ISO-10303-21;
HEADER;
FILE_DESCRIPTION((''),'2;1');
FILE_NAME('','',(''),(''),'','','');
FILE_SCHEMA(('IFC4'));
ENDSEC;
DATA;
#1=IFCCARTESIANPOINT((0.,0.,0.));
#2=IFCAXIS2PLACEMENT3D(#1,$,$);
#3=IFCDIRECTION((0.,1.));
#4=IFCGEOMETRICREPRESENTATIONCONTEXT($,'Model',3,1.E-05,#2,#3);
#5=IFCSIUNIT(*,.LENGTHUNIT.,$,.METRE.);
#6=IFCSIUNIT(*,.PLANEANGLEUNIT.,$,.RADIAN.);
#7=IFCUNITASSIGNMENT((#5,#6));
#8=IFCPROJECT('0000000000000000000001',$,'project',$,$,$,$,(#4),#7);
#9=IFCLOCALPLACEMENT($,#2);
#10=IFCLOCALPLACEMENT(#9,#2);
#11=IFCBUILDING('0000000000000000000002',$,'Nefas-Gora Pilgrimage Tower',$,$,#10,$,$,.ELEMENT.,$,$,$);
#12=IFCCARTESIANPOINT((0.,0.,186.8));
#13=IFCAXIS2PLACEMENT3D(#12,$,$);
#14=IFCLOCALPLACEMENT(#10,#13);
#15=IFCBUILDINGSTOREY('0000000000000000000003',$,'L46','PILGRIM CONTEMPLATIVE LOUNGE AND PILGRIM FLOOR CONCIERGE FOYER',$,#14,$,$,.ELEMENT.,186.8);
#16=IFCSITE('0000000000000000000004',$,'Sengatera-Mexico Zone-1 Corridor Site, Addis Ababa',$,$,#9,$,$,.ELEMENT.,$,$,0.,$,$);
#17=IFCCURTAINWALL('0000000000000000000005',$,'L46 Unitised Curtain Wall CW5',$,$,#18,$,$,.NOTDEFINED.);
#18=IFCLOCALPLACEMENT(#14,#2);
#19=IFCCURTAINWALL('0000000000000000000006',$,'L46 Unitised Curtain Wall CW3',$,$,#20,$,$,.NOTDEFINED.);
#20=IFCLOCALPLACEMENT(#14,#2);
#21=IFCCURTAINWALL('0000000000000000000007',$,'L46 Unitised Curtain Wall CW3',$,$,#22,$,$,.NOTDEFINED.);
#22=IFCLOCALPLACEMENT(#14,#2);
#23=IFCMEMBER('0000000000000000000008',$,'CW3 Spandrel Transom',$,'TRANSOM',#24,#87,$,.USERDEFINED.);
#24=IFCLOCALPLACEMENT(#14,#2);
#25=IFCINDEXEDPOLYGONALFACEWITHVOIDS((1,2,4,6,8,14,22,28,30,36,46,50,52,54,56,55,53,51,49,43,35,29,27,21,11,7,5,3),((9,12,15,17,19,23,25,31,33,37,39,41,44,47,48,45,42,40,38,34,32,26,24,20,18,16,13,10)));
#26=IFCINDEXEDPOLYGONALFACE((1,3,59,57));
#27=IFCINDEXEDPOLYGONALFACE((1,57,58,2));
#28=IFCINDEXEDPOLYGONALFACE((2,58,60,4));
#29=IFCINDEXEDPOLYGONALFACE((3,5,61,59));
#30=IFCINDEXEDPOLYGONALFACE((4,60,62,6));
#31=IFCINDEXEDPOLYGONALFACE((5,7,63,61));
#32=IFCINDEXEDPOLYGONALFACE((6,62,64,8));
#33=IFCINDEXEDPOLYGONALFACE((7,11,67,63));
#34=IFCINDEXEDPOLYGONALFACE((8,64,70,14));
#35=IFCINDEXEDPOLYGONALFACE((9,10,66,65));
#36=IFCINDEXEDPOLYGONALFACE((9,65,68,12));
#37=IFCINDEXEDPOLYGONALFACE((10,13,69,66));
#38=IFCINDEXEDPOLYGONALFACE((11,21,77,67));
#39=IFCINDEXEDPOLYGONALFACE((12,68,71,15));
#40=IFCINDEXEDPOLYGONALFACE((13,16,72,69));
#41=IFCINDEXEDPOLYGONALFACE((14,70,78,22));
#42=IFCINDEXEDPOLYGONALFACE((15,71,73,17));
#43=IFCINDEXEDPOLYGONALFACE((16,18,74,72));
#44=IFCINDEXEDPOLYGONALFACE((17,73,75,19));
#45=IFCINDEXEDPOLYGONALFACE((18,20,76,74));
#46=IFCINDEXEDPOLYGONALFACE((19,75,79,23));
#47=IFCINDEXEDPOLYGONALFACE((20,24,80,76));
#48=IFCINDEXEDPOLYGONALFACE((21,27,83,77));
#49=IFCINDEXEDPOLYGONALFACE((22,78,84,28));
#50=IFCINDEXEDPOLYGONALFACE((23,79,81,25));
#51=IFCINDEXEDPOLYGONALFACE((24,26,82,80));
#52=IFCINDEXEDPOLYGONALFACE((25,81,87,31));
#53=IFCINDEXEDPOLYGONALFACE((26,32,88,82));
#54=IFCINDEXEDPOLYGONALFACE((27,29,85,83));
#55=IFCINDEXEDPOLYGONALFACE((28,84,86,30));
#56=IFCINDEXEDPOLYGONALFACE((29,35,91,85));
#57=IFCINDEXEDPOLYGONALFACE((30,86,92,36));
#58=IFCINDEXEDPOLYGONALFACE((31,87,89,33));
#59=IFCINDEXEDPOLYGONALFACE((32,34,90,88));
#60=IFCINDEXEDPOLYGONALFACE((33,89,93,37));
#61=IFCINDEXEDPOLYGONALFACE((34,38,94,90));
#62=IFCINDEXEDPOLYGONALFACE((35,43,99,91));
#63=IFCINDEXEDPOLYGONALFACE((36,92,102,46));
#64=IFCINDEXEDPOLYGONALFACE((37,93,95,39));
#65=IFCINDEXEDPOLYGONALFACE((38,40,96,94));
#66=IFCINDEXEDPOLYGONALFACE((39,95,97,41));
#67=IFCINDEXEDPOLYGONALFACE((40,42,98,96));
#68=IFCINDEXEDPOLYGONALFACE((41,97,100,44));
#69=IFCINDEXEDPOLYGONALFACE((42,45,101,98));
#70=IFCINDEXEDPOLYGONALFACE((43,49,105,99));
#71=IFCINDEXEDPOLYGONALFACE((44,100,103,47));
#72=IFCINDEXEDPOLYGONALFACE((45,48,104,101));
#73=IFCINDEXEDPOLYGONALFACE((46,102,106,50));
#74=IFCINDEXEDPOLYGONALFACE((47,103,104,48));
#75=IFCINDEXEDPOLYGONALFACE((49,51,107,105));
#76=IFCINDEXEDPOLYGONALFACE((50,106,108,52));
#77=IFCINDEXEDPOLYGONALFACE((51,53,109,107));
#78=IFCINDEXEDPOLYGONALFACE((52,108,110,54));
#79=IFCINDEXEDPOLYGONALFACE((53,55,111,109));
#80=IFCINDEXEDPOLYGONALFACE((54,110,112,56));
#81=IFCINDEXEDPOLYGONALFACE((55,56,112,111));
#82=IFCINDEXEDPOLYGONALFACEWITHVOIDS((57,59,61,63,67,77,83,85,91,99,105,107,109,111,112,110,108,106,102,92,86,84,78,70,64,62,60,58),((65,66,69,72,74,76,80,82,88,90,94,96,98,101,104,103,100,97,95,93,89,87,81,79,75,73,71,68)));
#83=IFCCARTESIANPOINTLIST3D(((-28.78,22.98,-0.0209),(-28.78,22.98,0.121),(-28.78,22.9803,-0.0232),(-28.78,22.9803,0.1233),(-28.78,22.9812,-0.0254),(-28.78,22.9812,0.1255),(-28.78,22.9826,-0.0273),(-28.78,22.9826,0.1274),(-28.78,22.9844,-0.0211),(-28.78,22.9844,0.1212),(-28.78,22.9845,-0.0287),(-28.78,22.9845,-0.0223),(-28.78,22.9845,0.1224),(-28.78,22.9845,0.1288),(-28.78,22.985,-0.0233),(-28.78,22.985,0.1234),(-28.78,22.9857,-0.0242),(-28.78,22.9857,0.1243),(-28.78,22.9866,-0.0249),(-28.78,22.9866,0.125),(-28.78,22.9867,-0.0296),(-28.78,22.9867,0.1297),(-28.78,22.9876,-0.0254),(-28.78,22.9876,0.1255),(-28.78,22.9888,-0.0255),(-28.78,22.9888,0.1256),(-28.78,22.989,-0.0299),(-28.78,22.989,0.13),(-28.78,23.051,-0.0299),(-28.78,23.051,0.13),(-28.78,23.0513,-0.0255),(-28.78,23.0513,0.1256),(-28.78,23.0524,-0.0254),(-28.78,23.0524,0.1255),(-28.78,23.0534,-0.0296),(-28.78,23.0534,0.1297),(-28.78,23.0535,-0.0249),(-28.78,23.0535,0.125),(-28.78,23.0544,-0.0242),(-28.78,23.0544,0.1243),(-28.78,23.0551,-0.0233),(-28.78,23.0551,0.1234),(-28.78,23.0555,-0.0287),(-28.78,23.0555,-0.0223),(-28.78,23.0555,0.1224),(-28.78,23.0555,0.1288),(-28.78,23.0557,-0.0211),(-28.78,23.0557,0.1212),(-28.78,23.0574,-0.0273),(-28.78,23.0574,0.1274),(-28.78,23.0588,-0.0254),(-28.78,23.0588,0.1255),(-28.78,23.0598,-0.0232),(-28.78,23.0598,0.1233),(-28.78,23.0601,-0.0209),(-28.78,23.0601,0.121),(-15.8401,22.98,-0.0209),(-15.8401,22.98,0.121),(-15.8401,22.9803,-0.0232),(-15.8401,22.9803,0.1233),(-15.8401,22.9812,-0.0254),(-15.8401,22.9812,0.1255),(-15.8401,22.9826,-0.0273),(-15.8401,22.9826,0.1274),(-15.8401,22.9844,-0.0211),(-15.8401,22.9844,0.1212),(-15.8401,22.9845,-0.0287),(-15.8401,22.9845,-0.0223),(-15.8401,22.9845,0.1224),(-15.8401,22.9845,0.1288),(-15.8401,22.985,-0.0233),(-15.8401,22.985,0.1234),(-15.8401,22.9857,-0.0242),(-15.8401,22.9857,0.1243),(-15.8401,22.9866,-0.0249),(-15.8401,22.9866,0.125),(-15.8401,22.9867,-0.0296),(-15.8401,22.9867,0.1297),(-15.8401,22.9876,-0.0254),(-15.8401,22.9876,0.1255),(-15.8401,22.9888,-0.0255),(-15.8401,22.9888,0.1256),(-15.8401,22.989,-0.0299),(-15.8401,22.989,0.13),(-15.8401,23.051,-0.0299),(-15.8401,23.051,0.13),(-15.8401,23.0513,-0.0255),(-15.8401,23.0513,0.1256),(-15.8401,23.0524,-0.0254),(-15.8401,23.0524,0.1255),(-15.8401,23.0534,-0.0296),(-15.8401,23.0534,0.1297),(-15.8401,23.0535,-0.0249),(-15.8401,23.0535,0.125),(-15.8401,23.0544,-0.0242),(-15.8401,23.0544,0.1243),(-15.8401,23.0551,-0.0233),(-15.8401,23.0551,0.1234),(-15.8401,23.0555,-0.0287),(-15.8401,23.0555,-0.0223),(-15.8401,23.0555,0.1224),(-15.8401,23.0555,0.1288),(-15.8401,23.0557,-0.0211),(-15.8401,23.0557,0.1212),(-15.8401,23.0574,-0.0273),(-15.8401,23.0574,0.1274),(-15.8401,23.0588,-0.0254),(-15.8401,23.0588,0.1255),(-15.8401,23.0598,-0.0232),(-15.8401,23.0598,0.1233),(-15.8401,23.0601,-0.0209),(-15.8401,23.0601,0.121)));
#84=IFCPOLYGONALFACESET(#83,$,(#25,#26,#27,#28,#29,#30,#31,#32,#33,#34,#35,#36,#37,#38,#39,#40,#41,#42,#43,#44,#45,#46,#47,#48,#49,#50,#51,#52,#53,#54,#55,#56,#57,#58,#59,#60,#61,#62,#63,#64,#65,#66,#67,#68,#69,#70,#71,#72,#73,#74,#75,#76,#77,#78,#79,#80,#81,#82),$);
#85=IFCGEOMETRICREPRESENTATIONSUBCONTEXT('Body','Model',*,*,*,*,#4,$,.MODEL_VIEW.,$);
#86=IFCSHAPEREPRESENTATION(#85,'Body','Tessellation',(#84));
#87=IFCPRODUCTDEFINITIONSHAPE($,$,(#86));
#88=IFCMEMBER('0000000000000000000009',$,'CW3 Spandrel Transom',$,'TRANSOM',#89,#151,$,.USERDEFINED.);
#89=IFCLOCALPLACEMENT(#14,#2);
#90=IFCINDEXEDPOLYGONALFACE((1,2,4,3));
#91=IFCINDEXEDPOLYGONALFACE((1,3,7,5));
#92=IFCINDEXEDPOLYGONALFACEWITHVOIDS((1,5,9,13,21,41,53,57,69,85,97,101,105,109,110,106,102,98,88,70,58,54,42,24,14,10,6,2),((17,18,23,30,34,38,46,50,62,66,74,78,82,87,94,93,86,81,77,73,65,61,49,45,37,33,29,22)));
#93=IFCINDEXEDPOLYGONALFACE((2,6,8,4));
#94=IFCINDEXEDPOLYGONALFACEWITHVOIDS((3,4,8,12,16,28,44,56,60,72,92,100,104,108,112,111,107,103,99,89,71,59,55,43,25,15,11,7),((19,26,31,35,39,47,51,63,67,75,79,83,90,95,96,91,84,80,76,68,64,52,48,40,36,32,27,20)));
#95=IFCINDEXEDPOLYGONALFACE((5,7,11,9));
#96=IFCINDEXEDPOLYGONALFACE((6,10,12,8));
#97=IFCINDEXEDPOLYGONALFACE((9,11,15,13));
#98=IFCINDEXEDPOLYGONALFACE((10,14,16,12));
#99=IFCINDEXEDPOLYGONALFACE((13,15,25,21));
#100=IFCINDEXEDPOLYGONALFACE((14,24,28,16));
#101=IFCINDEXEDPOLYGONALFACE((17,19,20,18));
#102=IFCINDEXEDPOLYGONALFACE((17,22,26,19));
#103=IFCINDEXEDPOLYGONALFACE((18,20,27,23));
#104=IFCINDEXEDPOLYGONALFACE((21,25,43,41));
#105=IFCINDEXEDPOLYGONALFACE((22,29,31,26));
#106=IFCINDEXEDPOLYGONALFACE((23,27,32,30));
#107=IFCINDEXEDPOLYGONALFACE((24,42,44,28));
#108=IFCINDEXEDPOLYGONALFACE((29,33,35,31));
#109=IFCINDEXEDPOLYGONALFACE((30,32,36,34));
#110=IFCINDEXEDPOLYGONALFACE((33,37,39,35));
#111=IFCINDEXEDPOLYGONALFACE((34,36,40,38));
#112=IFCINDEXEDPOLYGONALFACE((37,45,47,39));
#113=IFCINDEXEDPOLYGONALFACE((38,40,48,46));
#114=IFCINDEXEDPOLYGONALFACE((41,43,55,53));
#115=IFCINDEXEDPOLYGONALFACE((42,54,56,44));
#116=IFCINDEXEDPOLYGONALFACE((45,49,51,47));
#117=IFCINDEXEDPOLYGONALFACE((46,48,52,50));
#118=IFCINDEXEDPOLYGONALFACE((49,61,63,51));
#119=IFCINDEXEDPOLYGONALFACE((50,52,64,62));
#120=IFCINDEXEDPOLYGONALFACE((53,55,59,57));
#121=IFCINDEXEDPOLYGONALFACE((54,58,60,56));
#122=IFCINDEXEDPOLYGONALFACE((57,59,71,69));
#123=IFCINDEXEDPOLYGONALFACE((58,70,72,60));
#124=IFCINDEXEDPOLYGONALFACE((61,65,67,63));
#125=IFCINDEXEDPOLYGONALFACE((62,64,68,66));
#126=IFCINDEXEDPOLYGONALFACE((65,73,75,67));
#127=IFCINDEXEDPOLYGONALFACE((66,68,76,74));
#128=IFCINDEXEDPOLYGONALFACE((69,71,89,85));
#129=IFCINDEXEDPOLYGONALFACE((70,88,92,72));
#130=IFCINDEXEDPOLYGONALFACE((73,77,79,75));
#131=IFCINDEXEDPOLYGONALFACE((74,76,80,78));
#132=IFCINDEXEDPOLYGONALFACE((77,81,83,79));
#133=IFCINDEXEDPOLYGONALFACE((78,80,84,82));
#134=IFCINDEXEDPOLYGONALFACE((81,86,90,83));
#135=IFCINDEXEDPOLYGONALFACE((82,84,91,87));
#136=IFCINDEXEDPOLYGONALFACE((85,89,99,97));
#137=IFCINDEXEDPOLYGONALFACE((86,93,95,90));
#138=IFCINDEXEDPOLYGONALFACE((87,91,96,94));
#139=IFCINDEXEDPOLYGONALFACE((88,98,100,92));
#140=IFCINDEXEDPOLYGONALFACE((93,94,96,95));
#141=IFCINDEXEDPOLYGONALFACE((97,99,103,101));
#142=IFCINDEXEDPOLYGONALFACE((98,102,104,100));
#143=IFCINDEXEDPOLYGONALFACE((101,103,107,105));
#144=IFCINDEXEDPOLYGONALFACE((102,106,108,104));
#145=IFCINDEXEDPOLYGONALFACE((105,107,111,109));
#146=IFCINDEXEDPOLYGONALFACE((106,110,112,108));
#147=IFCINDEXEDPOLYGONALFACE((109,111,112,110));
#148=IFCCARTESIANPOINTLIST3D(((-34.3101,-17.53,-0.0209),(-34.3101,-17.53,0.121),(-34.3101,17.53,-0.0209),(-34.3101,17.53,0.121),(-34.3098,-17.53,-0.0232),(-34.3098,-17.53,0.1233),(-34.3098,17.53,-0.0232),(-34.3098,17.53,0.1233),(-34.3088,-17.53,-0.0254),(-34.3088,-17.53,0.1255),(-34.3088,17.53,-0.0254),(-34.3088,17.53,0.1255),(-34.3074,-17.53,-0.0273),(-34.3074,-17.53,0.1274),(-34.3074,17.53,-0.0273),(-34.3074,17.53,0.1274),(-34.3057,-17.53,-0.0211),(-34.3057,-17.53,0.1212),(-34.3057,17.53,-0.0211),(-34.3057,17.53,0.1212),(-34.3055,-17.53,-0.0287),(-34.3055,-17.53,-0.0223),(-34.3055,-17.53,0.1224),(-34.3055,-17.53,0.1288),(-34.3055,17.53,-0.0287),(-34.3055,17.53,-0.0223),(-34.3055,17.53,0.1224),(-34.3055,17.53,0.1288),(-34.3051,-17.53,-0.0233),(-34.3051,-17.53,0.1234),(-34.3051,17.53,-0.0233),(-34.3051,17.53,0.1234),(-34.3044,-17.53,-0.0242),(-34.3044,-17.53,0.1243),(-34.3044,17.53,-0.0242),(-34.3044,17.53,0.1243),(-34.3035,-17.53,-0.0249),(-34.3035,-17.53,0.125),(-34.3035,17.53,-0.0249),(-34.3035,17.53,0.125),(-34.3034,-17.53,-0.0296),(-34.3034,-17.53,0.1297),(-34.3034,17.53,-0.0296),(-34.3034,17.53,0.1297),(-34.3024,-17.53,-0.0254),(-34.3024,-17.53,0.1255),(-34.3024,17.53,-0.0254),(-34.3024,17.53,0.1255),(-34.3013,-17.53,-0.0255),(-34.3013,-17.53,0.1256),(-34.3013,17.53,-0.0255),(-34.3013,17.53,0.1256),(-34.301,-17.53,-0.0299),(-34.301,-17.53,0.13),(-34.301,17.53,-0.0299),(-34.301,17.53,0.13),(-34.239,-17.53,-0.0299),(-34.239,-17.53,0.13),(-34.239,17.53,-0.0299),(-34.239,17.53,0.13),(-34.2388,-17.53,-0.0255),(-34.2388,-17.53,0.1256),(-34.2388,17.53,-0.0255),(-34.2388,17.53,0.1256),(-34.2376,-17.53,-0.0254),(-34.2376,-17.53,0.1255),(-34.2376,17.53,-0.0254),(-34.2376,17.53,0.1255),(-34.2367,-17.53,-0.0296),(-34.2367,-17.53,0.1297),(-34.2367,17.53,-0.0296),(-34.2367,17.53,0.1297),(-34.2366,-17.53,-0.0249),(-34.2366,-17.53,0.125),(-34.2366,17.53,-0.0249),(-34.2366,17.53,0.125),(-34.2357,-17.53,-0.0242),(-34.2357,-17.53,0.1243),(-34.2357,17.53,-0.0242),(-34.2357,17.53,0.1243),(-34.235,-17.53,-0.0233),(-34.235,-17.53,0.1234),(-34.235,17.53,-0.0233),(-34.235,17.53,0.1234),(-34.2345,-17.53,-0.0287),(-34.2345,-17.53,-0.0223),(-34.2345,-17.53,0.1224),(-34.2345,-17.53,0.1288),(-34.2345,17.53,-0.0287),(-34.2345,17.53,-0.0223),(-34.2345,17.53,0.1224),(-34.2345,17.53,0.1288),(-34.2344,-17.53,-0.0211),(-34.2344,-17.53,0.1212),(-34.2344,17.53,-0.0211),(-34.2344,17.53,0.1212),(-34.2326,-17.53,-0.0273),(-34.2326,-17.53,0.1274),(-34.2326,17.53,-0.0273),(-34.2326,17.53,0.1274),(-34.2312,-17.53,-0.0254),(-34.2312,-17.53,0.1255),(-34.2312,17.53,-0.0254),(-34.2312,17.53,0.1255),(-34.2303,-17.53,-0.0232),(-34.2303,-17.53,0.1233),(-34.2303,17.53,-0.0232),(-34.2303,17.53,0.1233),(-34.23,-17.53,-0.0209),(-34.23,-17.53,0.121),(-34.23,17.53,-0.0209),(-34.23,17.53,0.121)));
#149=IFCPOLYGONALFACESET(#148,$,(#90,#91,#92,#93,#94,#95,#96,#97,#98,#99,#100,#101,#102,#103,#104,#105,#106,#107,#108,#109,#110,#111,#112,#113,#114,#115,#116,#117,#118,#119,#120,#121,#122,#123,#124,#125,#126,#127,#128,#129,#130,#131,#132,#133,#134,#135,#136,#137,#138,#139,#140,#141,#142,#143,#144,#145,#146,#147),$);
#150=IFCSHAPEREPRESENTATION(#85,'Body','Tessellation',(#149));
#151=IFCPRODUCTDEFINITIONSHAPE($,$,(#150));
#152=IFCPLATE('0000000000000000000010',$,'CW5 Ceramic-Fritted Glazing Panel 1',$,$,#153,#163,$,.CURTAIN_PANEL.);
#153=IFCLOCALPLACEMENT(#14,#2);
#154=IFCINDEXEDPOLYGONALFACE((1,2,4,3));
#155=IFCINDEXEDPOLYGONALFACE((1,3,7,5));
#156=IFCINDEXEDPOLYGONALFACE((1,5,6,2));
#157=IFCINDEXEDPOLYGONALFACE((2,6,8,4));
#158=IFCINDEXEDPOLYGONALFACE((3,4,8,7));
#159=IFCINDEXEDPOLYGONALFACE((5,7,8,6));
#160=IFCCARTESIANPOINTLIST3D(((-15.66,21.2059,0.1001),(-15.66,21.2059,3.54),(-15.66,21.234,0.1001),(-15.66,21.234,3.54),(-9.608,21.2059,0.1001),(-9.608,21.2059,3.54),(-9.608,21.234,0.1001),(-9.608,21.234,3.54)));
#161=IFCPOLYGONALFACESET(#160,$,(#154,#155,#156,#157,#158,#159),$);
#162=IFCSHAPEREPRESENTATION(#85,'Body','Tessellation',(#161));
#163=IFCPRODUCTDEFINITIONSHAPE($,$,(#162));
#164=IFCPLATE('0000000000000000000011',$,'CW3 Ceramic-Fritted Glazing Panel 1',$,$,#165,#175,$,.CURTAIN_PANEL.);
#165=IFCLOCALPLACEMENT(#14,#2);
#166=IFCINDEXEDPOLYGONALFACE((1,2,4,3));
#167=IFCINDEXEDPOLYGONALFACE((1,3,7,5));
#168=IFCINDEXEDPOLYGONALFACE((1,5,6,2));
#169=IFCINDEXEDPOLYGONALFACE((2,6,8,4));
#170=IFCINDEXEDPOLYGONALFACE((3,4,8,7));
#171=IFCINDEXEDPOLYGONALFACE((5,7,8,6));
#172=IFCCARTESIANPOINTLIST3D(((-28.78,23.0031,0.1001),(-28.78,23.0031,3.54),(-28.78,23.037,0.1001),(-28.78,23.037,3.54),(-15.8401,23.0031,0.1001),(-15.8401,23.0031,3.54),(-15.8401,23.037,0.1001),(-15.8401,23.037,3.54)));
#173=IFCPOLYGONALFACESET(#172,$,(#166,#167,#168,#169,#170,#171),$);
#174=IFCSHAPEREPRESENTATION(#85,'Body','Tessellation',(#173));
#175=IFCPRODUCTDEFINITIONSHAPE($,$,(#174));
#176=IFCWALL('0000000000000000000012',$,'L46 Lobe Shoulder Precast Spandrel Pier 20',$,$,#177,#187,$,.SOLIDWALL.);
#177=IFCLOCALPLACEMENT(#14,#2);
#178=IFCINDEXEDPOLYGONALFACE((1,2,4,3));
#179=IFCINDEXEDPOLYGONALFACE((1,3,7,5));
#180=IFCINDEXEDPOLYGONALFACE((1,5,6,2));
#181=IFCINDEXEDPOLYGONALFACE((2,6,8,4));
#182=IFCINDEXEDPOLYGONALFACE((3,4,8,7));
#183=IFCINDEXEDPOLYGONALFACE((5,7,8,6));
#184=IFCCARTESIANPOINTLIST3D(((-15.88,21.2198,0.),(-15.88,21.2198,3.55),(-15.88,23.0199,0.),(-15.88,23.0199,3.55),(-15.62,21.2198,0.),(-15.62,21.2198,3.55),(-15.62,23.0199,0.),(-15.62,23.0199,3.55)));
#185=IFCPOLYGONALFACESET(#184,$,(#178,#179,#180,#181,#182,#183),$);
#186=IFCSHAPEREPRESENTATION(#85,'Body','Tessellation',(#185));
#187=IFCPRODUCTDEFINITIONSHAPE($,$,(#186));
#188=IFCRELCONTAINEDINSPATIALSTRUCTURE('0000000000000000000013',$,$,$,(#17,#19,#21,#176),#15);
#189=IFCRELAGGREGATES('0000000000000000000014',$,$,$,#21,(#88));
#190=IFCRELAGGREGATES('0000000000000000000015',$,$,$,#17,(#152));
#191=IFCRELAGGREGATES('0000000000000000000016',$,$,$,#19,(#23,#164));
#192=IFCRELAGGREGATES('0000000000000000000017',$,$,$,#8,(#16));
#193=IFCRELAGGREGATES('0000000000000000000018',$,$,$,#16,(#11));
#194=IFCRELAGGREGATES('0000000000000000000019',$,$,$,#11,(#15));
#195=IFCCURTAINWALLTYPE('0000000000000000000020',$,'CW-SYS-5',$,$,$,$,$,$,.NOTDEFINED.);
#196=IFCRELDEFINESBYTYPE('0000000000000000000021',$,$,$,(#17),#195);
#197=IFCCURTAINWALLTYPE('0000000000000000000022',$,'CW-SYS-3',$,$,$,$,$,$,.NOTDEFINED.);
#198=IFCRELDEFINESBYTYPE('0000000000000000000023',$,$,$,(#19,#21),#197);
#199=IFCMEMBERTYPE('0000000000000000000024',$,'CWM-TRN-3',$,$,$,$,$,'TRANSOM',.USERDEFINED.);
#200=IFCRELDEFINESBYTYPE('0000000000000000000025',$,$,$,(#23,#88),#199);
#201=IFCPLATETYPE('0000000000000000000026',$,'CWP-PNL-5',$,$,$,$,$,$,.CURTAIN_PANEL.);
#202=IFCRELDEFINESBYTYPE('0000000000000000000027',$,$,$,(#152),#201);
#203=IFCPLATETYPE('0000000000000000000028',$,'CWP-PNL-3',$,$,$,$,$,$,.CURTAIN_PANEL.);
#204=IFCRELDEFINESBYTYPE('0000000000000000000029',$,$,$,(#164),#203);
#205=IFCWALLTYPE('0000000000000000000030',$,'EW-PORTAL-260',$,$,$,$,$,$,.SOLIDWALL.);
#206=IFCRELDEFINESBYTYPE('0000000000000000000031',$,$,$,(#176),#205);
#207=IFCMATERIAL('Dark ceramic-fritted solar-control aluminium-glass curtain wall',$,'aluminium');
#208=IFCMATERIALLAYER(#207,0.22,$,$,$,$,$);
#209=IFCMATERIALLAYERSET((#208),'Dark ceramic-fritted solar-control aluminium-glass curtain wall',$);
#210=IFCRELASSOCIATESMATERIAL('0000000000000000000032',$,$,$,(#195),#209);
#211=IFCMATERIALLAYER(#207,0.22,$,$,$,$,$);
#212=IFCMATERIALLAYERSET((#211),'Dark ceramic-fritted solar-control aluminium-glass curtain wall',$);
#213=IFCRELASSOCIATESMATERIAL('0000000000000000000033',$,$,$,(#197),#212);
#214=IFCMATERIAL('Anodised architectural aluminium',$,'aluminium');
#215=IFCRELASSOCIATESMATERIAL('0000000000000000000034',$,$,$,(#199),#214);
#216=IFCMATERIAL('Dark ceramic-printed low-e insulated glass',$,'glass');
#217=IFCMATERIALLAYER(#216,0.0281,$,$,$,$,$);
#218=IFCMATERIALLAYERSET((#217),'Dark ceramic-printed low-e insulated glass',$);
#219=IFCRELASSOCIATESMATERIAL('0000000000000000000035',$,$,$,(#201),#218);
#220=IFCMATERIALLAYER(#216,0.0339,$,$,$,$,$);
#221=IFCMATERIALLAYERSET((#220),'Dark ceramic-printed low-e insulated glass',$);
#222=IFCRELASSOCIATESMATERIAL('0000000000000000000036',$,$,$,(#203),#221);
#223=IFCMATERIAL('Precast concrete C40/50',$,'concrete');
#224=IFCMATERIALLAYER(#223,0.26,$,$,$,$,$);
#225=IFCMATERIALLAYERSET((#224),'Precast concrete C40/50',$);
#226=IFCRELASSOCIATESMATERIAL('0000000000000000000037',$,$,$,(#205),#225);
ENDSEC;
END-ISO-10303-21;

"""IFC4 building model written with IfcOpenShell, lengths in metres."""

from ifc_helpers import new_model, si_unit, direction, frame, frame_2d, origin, origin_2d, place, context, subcontext, project, spatial, rectangle, hollow_rectangle, extrude, source, transform, mapped, material, layer, layer_set, material_profile, profile_set, type_object, element, aggregate, save


model = new_model("IFC4")

# Units and contexts
model_context = context("Model", 3, precision=1e-05, world=origin(), true_north=direction((0.0, 1.0)))
body_context = subcontext(model_context, "Body", "Model", "MODEL_VIEW")
ifc_project = project(units=[si_unit("LENGTHUNIT", "METRE"), si_unit("PLANEANGLEUNIT", "RADIAN")], contexts=[model_context])

# Site, building, storey
site_placement = place(None, origin())
site = spatial("IfcSite", under=ifc_project, at=site_placement, Name="Sengatera-Mexico Zone-1 Corridor Site, Addis Ababa", CompositionType="ELEMENT", RefElevation=0.0)
building_placement = place(site_placement, origin())
building = spatial("IfcBuilding", under=site, at=building_placement, Name="Nefas-Gora Pilgrimage Tower", CompositionType="ELEMENT")
storey_placement = place(building_placement, frame((0.0, 0.0, 186.8)))
storey = spatial("IfcBuildingStorey", under=building, at=storey_placement, Name="L46", Description="PILGRIM CONTEMPLATIVE LOUNGE AND PILGRIM FLOOR CONCIERGE FOYER", CompositionType="ELEMENT", Elevation=186.8)

# Curtain wall
ifc_material_1 = material(Name="Dark ceramic-fritted solar-control aluminium-glass curtain wall", Category="aluminium")
ifc_layer_1 = layer(ifc_material_1, 0.22)
ifc_layer_set_1 = layer_set([ifc_layer_1], Name="Dark ceramic-fritted solar-control aluminium-glass curtain wall")
curtain_wall_type_1 = type_object("IfcCurtainWallType", Name="CW-SYS-5", PredefinedType="NOTDEFINED", material=ifc_layer_set_1)
curtain_wall_1_placement = place(storey_placement, origin())
curtain_wall_1 = element("IfcCurtainWall", 1, at=curtain_wall_1_placement, inside=storey, type_object=curtain_wall_type_1, Name="L46 Unitised Curtain Wall CW5", PredefinedType="NOTDEFINED")
ifc_material_2 = material(Name="Anodised architectural aluminium", Category="aluminium")

# Curtain wall
ifc_layer_2 = layer(ifc_material_1, 0.22)
ifc_layer_set_2 = layer_set([ifc_layer_2], Name="Dark ceramic-fritted solar-control aluminium-glass curtain wall")
curtain_wall_type_2 = type_object("IfcCurtainWallType", Name="CW-SYS-3", PredefinedType="NOTDEFINED", material=ifc_layer_set_2)
curtain_wall_2_placement = place(storey_placement, origin())
curtain_wall_2 = element("IfcCurtainWall", 2, at=curtain_wall_2_placement, inside=storey, type_object=curtain_wall_type_2, Name="L46 Unitised Curtain Wall CW3", PredefinedType="NOTDEFINED")

# Curtain wall
curtain_wall_3_placement = place(storey_placement, origin())
curtain_wall_3 = element("IfcCurtainWall", 3, at=curtain_wall_3_placement, inside=storey, type_object=curtain_wall_type_2, Name="L46 Unitised Curtain Wall CW3", PredefinedType="NOTDEFINED")

# Members
ifc_material_profile_1 = material_profile(ifc_material_2, hollow_rectangle(XDim=0.0801, YDim=0.1599, WallThickness=0.0044, InnerFilletRadius=0.0044, OuterFilletRadius=0.009, at=origin_2d()), Name="ALU TRANSOM 80x160")
ifc_profile_set_1 = profile_set([ifc_material_profile_1], Name="Anodised architectural aluminium")
member_type_1 = type_object("IfcMemberType", Name="CWM-TRN-3", ElementType="TRANSOM", PredefinedType="USERDEFINED", material=ifc_profile_set_1)
shared_shape_1 = source(origin(), body_context, "Body", "SweptSolid", [
    extrude(hollow_rectangle(XDim=0.0801, YDim=0.1599, WallThickness=0.0044, InnerFilletRadius=0.0044, OuterFilletRadius=0.009, at=origin_2d()), origin(), (0.0, 0.0, 1.0), 12.9399),
])
member_1_placement = place(storey_placement, frame((-15.8401, 23.02, 0.05), z_axis=(-1.0, 0.0, 0.0), x_axis=(0.0, -1.0, 0.0)))
member_1 = element("IfcMember", 4, at=member_1_placement, type_object=member_type_1, Name="CW3 Spandrel Transom", ObjectType="TRANSOM", PredefinedType="USERDEFINED", context=body_context, shape_type="MappedRepresentation", body=[
    mapped(shared_shape_1, transform((0.0, 0.0, 0.0), x_axis=(1.0, 0.0, 0.0), y_axis=(0.0, 1.0, 0.0), z_axis=(0.0, 0.0, 1.0), scale=1.0)),
])
shared_shape_2 = source(origin(), body_context, "Body", "SweptSolid", [
    extrude(hollow_rectangle(XDim=0.0801, YDim=0.1599, WallThickness=0.0044, InnerFilletRadius=0.0044, OuterFilletRadius=0.009, at=origin_2d()), origin(), (0.0, 0.0, 1.0), 35.0601),
])
member_2_placement = place(storey_placement, frame((-34.27, 17.53, 0.05), z_axis=(0.0, -1.0, 0.0), x_axis=(1.0, 0.0, 0.0)))
member_2 = element("IfcMember", 5, at=member_2_placement, type_object=member_type_1, Name="CW3 Spandrel Transom", ObjectType="TRANSOM", PredefinedType="USERDEFINED", context=body_context, shape_type="MappedRepresentation", body=[
    mapped(shared_shape_2, transform((0.0, 0.0, 0.0), x_axis=(1.0, 0.0, 0.0), y_axis=(0.0, 1.0, 0.0), z_axis=(0.0, 0.0, 1.0), scale=1.0)),
])
aggregate(curtain_wall_3, [member_2])

# Plates
ifc_material_3 = material(Name="Dark ceramic-printed low-e insulated glass", Category="glass")
ifc_layer_3 = layer(ifc_material_3, 0.0281)
ifc_layer_set_3 = layer_set([ifc_layer_3], Name="Dark ceramic-printed low-e insulated glass")
plate_type_1 = type_object("IfcPlateType", Name="CWP-PNL-5", PredefinedType="CURTAIN_PANEL", material=ifc_layer_set_3)
shared_shape_3 = source(origin(), body_context, "Body", "SweptSolid", [
    extrude(rectangle(XDim=6.052, YDim=0.0281, at=origin_2d()), origin(), (0.0, 0.0, 1.0), 3.4399),
])
plate_1_placement = place(storey_placement, frame((-12.634, 21.22, 0.1001), z_axis=(0.0, 0.0, 1.0), x_axis=(-1.0, 0.0, 0.0)))
plate_1 = element("IfcPlate", 6, at=plate_1_placement, type_object=plate_type_1, Name="CW5 Ceramic-Fritted Glazing Panel 1", PredefinedType="CURTAIN_PANEL", context=body_context, shape_type="MappedRepresentation", body=[
    mapped(shared_shape_3, transform((0.0, 0.0, 0.0), x_axis=(1.0, 0.0, 0.0), y_axis=(0.0, 1.0, 0.0), z_axis=(0.0, 0.0, 1.0), scale=1.0)),
])
aggregate(curtain_wall_1, [plate_1])
ifc_layer_4 = layer(ifc_material_3, 0.0339)
ifc_layer_set_4 = layer_set([ifc_layer_4], Name="Dark ceramic-printed low-e insulated glass")
plate_type_2 = type_object("IfcPlateType", Name="CWP-PNL-3", PredefinedType="CURTAIN_PANEL", material=ifc_layer_set_4)
shared_shape_4 = source(origin(), body_context, "Body", "SweptSolid", [
    extrude(rectangle(XDim=12.9399, YDim=0.0339, at=origin_2d()), origin(), (0.0, 0.0, 1.0), 3.4399),
])
plate_2_placement = place(storey_placement, frame((-22.3101, 23.02, 0.1001), z_axis=(0.0, 0.0, 1.0), x_axis=(-1.0, 0.0, 0.0)))
plate_2 = element("IfcPlate", 7, at=plate_2_placement, type_object=plate_type_2, Name="CW3 Ceramic-Fritted Glazing Panel 1", PredefinedType="CURTAIN_PANEL", context=body_context, shape_type="MappedRepresentation", body=[
    mapped(shared_shape_4, transform((0.0, 0.0, 0.0), x_axis=(1.0, 0.0, 0.0), y_axis=(0.0, 1.0, 0.0), z_axis=(0.0, 0.0, 1.0), scale=1.0)),
])
aggregate(curtain_wall_2, [member_1, plate_2])

# Wall
ifc_material_4 = material(Name="Precast concrete C40/50", Category="concrete")
ifc_layer_5 = layer(ifc_material_4, 0.26)
ifc_layer_set_5 = layer_set([ifc_layer_5], Name="Precast concrete C40/50")
wall_type_1 = type_object("IfcWallType", Name="EW-PORTAL-260", PredefinedType="SOLIDWALL", material=ifc_layer_set_5)
shared_shape_5 = source(origin(), body_context, "Body", "SweptSolid", [
    extrude(rectangle(XDim=1.8, YDim=0.26, at=frame_2d((0.8999, 0.0))), origin(), (0.0, 0.0, 1.0), 3.55),
])
wall_1_placement = place(storey_placement, frame((-15.75, 21.22, 0.0), z_axis=(0.0, 0.0, 1.0), x_axis=(0.0, 1.0, 0.0)))
element("IfcWall", 8, at=wall_1_placement, inside=storey, type_object=wall_type_1, Name="L46 Lobe Shoulder Precast Spandrel Pier 20", PredefinedType="SOLIDWALL", context=body_context, shape_type="MappedRepresentation", body=[
    mapped(shared_shape_5, transform((0.0, 0.0, 0.0), x_axis=(1.0, 0.0, 0.0), y_axis=(0.0, 1.0, 0.0), z_axis=(0.0, 0.0, 1.0), scale=1.0)),
])

save(model, "model.ifc")
